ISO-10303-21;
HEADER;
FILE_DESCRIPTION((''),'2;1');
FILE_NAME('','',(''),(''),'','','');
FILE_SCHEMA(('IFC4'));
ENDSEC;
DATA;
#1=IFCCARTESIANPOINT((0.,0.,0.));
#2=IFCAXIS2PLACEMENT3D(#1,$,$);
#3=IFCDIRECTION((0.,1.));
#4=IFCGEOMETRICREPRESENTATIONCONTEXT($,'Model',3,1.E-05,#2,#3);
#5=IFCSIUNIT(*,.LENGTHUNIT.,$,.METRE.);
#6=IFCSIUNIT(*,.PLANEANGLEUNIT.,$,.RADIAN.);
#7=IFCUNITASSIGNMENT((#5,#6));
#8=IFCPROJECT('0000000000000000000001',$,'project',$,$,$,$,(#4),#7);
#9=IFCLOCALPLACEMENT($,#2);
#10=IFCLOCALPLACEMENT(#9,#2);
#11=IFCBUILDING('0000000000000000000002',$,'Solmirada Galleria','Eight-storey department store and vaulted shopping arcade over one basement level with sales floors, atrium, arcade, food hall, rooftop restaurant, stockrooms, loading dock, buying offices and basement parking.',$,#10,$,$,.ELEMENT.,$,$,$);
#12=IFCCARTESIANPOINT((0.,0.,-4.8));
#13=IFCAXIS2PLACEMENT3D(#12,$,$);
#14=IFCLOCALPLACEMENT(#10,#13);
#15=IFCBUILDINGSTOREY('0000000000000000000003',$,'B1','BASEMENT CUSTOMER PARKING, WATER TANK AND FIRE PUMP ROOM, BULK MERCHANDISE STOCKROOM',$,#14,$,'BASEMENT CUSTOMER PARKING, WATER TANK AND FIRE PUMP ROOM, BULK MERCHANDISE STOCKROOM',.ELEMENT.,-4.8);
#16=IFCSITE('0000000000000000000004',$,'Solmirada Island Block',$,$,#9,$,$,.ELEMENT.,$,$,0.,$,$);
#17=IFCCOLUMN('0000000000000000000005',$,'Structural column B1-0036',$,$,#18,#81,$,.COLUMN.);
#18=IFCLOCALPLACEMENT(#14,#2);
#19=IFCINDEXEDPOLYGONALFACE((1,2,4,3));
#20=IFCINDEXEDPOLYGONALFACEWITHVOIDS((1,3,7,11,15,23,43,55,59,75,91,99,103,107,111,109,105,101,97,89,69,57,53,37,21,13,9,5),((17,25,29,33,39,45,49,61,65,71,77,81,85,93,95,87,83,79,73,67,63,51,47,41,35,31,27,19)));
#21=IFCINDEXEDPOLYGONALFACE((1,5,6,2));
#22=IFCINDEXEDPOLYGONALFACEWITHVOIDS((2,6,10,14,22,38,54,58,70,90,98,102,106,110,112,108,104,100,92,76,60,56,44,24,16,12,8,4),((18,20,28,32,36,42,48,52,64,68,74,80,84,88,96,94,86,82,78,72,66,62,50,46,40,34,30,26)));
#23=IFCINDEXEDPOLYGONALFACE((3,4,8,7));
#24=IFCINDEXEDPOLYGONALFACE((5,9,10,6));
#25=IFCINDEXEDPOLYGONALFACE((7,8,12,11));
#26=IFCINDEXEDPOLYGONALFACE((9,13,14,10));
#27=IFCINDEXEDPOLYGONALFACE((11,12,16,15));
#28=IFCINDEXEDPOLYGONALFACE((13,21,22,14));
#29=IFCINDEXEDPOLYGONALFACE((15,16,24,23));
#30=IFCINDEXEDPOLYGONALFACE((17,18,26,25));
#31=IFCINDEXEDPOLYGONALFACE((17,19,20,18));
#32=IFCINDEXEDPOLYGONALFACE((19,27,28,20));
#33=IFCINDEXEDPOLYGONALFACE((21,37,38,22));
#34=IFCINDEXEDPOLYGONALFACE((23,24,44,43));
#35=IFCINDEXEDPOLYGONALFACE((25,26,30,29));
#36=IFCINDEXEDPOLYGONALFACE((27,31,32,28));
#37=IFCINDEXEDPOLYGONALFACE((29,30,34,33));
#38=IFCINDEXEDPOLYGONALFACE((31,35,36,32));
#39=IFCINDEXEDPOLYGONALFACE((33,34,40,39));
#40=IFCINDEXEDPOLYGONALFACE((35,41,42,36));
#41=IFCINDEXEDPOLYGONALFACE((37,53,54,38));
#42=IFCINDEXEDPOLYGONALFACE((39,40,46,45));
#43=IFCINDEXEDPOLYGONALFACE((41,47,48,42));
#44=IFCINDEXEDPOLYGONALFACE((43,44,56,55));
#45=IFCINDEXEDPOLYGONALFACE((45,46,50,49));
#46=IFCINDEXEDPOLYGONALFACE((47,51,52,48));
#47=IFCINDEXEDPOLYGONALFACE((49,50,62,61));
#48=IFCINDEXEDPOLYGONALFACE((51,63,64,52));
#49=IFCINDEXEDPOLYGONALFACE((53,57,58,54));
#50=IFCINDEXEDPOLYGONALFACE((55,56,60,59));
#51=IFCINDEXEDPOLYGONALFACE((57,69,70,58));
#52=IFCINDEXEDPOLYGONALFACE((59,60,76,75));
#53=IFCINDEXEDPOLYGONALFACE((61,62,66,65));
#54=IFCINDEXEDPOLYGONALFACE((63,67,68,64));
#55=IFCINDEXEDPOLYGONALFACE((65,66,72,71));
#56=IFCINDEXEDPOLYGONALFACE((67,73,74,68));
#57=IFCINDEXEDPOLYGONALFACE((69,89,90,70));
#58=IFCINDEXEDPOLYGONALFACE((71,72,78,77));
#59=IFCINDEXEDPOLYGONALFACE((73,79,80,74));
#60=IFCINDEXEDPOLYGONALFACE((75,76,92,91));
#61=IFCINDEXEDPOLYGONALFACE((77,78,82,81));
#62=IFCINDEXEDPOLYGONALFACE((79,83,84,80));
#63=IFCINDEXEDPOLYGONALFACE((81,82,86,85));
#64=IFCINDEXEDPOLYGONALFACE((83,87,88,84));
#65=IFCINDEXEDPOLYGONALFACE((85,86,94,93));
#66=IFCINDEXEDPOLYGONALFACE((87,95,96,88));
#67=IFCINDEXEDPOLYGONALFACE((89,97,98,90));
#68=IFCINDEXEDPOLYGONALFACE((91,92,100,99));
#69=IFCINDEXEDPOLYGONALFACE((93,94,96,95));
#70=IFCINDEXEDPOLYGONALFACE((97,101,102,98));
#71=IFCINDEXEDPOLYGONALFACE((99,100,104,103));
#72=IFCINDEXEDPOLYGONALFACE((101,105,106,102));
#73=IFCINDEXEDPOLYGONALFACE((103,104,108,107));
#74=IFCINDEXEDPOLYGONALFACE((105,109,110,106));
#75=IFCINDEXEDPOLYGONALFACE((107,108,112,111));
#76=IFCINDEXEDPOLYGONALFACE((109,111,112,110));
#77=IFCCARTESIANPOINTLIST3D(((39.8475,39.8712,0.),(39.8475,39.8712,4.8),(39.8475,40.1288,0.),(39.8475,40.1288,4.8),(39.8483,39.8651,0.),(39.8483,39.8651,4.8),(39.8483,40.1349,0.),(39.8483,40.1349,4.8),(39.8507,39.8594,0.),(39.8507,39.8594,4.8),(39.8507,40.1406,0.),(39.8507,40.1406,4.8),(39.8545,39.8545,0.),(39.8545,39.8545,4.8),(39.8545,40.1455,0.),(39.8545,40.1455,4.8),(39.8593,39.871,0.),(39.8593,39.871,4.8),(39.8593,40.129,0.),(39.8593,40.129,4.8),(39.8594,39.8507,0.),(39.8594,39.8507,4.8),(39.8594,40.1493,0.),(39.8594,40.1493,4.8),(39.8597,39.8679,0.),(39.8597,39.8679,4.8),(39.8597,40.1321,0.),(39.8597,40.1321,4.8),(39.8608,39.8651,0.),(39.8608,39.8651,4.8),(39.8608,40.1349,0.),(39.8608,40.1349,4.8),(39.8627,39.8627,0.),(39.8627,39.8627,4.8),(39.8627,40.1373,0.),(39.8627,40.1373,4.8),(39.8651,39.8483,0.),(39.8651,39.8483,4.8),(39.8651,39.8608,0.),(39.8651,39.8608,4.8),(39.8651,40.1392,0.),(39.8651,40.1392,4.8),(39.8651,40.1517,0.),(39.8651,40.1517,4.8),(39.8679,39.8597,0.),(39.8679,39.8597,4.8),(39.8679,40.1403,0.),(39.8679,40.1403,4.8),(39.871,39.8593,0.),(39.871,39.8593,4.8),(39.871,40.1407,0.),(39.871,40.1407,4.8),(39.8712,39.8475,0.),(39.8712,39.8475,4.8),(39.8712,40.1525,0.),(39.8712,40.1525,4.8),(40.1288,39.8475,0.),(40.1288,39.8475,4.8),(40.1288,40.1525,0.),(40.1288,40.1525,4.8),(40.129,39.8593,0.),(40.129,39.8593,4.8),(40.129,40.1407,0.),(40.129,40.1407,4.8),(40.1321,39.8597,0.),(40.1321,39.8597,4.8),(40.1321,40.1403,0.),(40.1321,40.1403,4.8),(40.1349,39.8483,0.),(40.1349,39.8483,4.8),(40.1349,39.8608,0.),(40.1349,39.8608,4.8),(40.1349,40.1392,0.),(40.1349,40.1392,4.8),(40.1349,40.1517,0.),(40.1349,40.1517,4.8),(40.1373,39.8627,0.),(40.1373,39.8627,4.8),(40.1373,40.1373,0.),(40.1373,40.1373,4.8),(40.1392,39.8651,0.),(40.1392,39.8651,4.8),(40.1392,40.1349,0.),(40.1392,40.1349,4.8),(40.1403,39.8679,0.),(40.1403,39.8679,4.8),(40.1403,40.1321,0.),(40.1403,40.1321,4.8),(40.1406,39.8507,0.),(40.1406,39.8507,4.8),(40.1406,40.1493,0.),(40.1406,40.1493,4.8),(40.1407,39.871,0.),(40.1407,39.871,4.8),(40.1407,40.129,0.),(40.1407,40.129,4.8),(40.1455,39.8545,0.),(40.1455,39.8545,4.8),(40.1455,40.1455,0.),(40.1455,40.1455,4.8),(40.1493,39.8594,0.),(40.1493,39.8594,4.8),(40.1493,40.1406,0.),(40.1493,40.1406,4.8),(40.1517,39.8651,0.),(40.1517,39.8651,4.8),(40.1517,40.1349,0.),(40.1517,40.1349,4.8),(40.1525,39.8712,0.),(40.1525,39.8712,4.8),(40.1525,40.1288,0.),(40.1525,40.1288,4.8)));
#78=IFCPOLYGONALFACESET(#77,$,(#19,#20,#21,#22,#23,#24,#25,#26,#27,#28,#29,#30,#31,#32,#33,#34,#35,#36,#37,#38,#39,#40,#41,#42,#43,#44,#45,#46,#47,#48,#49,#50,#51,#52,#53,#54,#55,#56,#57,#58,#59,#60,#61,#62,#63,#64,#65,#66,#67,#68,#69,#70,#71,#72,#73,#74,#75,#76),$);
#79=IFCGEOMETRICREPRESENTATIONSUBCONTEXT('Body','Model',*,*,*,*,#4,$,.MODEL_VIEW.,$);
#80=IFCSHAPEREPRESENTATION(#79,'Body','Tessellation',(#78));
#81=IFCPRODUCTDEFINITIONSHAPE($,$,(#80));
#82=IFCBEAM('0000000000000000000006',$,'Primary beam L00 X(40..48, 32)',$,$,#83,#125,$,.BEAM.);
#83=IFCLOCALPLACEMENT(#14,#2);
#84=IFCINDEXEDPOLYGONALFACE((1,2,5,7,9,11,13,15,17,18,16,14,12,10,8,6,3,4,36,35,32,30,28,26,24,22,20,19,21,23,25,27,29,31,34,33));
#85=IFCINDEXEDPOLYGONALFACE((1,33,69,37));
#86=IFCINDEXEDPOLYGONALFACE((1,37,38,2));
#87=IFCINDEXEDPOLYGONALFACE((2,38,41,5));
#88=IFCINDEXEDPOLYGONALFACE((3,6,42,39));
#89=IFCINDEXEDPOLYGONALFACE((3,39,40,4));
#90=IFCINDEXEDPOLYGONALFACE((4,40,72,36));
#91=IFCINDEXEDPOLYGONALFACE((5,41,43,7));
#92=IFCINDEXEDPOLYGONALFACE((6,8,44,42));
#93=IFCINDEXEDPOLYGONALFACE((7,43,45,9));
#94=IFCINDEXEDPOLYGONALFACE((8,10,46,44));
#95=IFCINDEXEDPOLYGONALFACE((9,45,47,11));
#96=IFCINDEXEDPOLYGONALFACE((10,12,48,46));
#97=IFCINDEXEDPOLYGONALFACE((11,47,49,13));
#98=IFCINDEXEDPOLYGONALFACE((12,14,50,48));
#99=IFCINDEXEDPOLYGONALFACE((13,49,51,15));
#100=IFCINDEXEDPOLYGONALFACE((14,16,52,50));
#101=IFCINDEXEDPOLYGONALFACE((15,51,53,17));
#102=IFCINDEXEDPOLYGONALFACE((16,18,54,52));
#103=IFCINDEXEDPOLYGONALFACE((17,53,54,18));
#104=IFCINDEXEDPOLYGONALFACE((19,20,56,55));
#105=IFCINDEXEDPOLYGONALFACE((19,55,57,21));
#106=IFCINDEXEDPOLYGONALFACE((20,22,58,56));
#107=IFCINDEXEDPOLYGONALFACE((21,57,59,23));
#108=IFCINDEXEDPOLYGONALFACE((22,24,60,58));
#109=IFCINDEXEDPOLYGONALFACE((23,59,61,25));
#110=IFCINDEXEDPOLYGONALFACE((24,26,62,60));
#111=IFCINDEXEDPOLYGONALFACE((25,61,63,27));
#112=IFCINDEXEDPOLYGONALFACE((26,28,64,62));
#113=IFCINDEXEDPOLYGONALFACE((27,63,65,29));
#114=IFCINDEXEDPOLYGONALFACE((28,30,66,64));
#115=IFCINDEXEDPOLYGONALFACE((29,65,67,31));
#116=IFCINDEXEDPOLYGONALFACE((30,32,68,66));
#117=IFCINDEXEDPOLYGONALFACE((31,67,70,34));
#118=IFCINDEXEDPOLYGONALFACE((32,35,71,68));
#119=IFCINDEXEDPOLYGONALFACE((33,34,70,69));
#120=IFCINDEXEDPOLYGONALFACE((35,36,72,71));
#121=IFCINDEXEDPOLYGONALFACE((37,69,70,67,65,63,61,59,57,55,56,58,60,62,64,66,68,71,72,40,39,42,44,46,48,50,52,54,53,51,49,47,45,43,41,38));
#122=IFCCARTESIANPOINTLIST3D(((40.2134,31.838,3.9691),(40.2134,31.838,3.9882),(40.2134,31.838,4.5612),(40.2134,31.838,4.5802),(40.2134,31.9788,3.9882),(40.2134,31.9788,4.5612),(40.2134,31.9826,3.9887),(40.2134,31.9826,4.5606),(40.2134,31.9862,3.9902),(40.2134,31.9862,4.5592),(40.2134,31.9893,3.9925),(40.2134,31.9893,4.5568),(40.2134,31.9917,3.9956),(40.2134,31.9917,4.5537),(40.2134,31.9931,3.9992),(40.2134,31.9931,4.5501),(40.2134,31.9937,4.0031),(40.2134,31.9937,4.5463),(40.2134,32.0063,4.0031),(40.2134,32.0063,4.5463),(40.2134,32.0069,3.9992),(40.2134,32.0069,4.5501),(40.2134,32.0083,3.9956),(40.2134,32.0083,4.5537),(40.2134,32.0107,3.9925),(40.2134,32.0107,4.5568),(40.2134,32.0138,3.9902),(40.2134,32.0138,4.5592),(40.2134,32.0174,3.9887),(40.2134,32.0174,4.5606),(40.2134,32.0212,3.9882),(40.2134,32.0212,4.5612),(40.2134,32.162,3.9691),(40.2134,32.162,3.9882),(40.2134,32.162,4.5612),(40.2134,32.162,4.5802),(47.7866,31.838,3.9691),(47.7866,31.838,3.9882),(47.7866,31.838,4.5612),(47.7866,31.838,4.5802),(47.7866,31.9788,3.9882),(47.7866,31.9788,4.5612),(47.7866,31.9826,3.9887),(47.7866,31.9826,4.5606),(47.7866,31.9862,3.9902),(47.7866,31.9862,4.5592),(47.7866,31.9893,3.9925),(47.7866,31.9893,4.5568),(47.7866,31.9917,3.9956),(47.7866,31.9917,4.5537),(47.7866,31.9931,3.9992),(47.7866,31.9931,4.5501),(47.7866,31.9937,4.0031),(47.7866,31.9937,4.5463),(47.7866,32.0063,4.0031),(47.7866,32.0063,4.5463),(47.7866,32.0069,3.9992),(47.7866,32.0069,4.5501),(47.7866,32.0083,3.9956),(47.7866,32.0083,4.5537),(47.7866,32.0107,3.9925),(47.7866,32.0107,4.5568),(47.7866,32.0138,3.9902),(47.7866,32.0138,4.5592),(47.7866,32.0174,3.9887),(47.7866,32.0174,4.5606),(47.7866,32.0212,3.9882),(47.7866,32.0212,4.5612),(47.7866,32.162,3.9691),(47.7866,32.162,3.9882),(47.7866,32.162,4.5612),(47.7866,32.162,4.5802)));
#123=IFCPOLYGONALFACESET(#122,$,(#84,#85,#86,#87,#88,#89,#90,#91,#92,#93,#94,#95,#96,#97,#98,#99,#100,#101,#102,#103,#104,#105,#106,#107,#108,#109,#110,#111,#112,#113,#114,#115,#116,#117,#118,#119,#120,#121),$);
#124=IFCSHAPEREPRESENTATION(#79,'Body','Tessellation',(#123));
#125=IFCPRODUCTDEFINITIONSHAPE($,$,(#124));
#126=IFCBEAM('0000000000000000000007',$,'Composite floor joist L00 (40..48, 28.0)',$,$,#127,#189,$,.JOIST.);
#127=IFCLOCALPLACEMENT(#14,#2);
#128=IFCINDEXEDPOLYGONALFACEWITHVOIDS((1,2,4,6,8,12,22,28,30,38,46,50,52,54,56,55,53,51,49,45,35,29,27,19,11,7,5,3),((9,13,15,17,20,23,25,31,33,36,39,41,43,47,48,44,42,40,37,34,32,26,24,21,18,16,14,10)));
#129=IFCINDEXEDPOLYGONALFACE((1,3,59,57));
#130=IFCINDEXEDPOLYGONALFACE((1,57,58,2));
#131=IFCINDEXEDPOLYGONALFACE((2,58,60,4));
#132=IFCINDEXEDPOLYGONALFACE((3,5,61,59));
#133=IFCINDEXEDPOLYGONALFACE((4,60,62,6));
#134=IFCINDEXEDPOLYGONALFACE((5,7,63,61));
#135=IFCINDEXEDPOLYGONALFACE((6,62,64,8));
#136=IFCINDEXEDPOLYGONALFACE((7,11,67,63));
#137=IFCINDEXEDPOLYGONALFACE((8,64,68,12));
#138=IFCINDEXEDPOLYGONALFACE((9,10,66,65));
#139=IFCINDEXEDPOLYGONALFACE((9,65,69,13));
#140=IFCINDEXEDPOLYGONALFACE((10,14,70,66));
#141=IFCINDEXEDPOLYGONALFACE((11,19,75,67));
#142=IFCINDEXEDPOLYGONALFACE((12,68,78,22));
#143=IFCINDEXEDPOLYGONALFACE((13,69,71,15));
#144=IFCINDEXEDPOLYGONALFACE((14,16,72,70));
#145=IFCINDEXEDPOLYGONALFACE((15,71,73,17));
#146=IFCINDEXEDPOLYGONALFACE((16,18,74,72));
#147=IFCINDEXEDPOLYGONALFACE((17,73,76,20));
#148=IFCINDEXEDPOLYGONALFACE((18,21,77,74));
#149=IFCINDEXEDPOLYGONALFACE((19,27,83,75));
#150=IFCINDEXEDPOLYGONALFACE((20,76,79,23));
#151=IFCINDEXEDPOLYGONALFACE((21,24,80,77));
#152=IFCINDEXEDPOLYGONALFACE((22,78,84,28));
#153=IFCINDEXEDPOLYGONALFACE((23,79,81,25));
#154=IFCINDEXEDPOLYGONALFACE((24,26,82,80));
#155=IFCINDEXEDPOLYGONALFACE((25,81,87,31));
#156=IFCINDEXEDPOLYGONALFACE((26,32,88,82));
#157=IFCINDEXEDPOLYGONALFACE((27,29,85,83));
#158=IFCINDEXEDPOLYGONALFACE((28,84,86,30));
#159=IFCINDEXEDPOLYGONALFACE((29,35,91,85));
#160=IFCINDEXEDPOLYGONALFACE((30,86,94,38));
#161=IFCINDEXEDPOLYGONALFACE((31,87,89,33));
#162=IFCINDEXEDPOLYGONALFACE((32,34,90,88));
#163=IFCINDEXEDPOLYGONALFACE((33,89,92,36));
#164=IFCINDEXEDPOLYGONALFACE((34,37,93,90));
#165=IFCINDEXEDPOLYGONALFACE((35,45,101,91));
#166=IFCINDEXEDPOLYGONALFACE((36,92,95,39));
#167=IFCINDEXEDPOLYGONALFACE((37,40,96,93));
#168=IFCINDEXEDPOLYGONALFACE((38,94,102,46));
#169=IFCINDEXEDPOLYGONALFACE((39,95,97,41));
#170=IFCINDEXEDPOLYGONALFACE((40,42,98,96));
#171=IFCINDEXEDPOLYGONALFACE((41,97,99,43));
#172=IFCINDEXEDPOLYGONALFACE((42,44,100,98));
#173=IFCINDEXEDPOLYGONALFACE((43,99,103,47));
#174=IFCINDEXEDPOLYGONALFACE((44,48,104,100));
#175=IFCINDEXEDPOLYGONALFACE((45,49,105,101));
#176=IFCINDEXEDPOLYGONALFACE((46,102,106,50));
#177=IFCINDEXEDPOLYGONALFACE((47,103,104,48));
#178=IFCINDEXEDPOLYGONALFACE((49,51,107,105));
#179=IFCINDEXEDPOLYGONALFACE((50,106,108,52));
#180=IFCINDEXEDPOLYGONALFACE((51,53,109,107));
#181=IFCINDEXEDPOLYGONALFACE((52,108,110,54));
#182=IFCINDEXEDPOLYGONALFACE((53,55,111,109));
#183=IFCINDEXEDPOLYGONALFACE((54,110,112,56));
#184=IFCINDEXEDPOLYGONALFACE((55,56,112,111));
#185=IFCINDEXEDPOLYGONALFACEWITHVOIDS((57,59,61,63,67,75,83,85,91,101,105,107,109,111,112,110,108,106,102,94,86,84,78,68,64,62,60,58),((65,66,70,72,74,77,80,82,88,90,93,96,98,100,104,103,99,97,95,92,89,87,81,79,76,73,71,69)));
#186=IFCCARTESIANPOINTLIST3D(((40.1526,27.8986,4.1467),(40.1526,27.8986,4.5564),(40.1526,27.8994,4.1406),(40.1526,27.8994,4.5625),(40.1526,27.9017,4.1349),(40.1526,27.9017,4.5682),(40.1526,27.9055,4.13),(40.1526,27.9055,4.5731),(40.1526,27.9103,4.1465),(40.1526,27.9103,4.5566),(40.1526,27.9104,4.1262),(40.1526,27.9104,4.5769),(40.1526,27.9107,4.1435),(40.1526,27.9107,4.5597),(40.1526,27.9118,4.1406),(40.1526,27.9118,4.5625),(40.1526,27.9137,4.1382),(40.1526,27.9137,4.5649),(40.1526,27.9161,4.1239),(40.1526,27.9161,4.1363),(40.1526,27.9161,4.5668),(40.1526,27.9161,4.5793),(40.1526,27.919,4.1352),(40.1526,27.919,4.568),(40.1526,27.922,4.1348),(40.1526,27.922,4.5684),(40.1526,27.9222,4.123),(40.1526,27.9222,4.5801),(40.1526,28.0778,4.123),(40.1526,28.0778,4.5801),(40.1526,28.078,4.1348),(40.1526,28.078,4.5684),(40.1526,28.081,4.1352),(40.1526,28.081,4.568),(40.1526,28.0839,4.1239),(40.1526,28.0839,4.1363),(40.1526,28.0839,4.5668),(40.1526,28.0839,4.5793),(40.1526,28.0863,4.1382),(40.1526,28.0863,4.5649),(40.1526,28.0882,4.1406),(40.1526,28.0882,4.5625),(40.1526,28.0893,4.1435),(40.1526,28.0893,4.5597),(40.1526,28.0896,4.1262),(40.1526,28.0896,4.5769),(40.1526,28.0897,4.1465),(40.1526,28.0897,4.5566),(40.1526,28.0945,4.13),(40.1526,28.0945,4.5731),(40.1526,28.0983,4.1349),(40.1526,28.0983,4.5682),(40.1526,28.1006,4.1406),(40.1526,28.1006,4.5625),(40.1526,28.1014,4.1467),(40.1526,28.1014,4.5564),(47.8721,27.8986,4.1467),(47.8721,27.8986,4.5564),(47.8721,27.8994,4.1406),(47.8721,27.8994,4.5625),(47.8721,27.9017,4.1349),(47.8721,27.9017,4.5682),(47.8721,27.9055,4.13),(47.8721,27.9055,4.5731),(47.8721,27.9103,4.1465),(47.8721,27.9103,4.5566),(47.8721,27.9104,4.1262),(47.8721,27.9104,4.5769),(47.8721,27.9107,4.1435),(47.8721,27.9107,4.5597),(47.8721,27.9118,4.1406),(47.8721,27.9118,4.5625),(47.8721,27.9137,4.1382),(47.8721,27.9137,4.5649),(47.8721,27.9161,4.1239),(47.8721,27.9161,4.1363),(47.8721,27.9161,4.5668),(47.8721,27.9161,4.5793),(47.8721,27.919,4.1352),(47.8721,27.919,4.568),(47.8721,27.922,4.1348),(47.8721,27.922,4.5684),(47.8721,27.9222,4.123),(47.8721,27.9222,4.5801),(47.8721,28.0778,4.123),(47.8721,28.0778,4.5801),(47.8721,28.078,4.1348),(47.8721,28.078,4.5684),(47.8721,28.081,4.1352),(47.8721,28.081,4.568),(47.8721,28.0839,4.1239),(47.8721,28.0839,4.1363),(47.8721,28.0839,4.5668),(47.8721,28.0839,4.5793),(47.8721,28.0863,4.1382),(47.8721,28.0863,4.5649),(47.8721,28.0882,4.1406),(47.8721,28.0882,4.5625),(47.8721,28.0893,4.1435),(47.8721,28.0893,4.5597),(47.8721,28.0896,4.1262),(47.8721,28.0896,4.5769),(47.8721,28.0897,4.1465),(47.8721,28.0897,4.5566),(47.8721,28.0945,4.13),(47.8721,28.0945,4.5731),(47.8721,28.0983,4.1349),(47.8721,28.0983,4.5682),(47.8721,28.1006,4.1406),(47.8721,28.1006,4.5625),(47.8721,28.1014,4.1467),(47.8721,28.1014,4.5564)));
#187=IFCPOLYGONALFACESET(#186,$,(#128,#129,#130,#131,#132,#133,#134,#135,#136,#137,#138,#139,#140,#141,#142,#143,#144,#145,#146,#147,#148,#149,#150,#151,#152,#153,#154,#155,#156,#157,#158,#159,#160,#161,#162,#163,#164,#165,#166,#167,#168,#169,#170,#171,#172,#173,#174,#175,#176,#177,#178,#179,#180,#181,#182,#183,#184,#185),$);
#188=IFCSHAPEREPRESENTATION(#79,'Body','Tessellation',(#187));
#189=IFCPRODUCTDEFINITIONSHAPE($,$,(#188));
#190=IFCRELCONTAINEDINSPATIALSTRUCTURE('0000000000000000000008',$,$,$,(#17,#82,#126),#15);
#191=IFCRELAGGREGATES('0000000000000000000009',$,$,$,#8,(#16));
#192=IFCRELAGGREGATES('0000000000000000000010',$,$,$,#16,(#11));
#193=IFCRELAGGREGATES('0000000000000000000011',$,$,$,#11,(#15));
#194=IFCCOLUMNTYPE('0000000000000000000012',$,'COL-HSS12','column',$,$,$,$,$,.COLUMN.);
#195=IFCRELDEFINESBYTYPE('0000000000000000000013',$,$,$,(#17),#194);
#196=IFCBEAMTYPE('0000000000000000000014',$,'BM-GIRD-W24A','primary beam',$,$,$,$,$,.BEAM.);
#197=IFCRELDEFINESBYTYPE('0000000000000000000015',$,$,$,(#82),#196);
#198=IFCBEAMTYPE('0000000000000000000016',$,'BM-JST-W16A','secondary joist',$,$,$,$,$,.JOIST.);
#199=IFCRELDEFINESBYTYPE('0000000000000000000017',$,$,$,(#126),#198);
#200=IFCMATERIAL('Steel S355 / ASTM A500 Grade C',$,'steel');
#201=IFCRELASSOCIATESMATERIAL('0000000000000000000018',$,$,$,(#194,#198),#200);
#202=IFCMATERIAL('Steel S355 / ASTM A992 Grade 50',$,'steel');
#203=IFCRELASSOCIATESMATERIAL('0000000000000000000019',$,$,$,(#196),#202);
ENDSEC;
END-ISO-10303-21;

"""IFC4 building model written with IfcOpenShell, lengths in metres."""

from ifc_helpers import new_model, si_unit, direction, frame, origin, origin_2d, place, context, subcontext, project, spatial, hollow_rectangle, i_section, extrude, material, material_profile, profile_set, type_object, element, save


model = new_model("IFC4")

# Units and contexts
model_context = context("Model", 3, precision=1e-05, world=origin(), true_north=direction((0.0, 1.0)))
body_context = subcontext(model_context, "Body", "Model", "MODEL_VIEW")
ifc_project = project(units=[si_unit("LENGTHUNIT", "METRE"), si_unit("PLANEANGLEUNIT", "RADIAN")], contexts=[model_context])

# Site, building, storey
site_placement = place(None, origin())
site = spatial("IfcSite", under=ifc_project, at=site_placement, Name="Solmirada Island Block", CompositionType="ELEMENT", RefElevation=0.0)
building_placement = place(site_placement, origin())
building = spatial("IfcBuilding", under=site, at=building_placement, Name="Solmirada Galleria", Description="Eight-storey department store and vaulted shopping arcade over one basement level with sales floors, atrium, arcade, food hall, rooftop restaurant, stockrooms, loading dock, buying offices and basement parking.", CompositionType="ELEMENT")
storey_placement = place(building_placement, frame((0.0, 0.0, -4.8)))
storey = spatial("IfcBuildingStorey", under=building, at=storey_placement, Name="B1", Description="BASEMENT CUSTOMER PARKING, WATER TANK AND FIRE PUMP ROOM, BULK MERCHANDISE STOCKROOM", LongName="BASEMENT CUSTOMER PARKING, WATER TANK AND FIRE PUMP ROOM, BULK MERCHANDISE STOCKROOM", CompositionType="ELEMENT", Elevation=-4.8)

# Column
ifc_material_1 = material(Name="Steel S355 / ASTM A500 Grade C", Category="steel")
ifc_material_profile_1 = material_profile(ifc_material_1, hollow_rectangle(XDim=0.3049, YDim=0.3049, WallThickness=0.0117, InnerFilletRadius=0.0117, OuterFilletRadius=0.0237, at=origin_2d()), Name="HSS12X12X1/2")
ifc_profile_set_1 = profile_set([ifc_material_profile_1], Name="Steel S355 / ASTM A500 Grade C")
column_type_1 = type_object("IfcColumnType", Name="COL-HSS12", Description="column", PredefinedType="COLUMN", material=ifc_profile_set_1)
column_1_placement = place(storey_placement, frame((40.0, 40.0, 0.0), z_axis=(0.0, 0.0, 1.0), x_axis=(1.0, 0.0, 0.0)))
element("IfcColumn", 1, at=column_1_placement, inside=storey, type_object=column_type_1, Name="Structural column B1-0036", PredefinedType="COLUMN", context=body_context, shape_type="SweptSolid", body=[
    extrude(hollow_rectangle(XDim=0.3049, YDim=0.3049, WallThickness=0.0117, InnerFilletRadius=0.0117, OuterFilletRadius=0.0237, at=origin_2d()), origin(), (0.0, 0.0, 1.0), 4.8),
])

# Beams
ifc_material_2 = material(Name="Steel S355 / ASTM A992 Grade 50", Category="steel")
ifc_material_profile_2 = material_profile(ifc_material_2, i_section(OverallWidth=0.324, OverallDepth=0.6111, WebThickness=0.0127, FlangeThickness=0.019, FilletRadius=0.0149, at=origin_2d()), Name="W24X104")
ifc_profile_set_2 = profile_set([ifc_material_profile_2], Name="Steel S355 / ASTM A992 Grade 50")
beam_type_1 = type_object("IfcBeamType", Name="BM-GIRD-W24A", Description="primary beam", PredefinedType="BEAM", material=ifc_profile_set_2)
beam_1_placement = place(storey_placement, frame((40.2134, 32.0, 4.2747), z_axis=(1.0, 0.0, 0.0), x_axis=(0.0, 1.0, 0.0)))
element("IfcBeam", 2, at=beam_1_placement, inside=storey, type_object=beam_type_1, Name="Primary beam L00 X(40..48, 32)", PredefinedType="BEAM", context=body_context, shape_type="SweptSolid", body=[
    extrude(i_section(OverallWidth=0.324, OverallDepth=0.6111, WebThickness=0.0127, FlangeThickness=0.019, FilletRadius=0.0149, at=origin_2d()), origin(), (0.0, 0.0, 1.0), 7.5732),
])
ifc_material_profile_3 = material_profile(ifc_material_1, hollow_rectangle(XDim=0.2029, YDim=0.457, WallThickness=0.0117, InnerFilletRadius=0.0117, OuterFilletRadius=0.0237, at=origin_2d()), Name="HSS18X8X1/2")
ifc_profile_set_3 = profile_set([ifc_material_profile_3], Name="Steel S355 / ASTM A500 Grade C")
beam_type_2 = type_object("IfcBeamType", Name="BM-JST-W16A", Description="secondary joist", PredefinedType="JOIST", material=ifc_profile_set_3)
for number, where, z_axis, x_axis, name in (
    (3, (40.1526, 28.0, 4.3516), (1.0, 0.0, 0.0), (0.0, 1.0, 0.0), "Composite floor joist L00 (40..48, 28.0)"),
):
    element("IfcBeam", number, at=place(storey_placement, frame(where, z_axis=z_axis, x_axis=x_axis)), inside=storey, type_object=beam_type_2, Name=name, PredefinedType="JOIST", context=body_context, shape_type="SweptSolid", body=[
        extrude(hollow_rectangle(XDim=0.2029, YDim=0.457, WallThickness=0.0117, InnerFilletRadius=0.0117, OuterFilletRadius=0.0237, at=origin_2d()), origin(), (0.0, 0.0, 1.0), 7.7195),
    ])

save(model, "model.ifc")
